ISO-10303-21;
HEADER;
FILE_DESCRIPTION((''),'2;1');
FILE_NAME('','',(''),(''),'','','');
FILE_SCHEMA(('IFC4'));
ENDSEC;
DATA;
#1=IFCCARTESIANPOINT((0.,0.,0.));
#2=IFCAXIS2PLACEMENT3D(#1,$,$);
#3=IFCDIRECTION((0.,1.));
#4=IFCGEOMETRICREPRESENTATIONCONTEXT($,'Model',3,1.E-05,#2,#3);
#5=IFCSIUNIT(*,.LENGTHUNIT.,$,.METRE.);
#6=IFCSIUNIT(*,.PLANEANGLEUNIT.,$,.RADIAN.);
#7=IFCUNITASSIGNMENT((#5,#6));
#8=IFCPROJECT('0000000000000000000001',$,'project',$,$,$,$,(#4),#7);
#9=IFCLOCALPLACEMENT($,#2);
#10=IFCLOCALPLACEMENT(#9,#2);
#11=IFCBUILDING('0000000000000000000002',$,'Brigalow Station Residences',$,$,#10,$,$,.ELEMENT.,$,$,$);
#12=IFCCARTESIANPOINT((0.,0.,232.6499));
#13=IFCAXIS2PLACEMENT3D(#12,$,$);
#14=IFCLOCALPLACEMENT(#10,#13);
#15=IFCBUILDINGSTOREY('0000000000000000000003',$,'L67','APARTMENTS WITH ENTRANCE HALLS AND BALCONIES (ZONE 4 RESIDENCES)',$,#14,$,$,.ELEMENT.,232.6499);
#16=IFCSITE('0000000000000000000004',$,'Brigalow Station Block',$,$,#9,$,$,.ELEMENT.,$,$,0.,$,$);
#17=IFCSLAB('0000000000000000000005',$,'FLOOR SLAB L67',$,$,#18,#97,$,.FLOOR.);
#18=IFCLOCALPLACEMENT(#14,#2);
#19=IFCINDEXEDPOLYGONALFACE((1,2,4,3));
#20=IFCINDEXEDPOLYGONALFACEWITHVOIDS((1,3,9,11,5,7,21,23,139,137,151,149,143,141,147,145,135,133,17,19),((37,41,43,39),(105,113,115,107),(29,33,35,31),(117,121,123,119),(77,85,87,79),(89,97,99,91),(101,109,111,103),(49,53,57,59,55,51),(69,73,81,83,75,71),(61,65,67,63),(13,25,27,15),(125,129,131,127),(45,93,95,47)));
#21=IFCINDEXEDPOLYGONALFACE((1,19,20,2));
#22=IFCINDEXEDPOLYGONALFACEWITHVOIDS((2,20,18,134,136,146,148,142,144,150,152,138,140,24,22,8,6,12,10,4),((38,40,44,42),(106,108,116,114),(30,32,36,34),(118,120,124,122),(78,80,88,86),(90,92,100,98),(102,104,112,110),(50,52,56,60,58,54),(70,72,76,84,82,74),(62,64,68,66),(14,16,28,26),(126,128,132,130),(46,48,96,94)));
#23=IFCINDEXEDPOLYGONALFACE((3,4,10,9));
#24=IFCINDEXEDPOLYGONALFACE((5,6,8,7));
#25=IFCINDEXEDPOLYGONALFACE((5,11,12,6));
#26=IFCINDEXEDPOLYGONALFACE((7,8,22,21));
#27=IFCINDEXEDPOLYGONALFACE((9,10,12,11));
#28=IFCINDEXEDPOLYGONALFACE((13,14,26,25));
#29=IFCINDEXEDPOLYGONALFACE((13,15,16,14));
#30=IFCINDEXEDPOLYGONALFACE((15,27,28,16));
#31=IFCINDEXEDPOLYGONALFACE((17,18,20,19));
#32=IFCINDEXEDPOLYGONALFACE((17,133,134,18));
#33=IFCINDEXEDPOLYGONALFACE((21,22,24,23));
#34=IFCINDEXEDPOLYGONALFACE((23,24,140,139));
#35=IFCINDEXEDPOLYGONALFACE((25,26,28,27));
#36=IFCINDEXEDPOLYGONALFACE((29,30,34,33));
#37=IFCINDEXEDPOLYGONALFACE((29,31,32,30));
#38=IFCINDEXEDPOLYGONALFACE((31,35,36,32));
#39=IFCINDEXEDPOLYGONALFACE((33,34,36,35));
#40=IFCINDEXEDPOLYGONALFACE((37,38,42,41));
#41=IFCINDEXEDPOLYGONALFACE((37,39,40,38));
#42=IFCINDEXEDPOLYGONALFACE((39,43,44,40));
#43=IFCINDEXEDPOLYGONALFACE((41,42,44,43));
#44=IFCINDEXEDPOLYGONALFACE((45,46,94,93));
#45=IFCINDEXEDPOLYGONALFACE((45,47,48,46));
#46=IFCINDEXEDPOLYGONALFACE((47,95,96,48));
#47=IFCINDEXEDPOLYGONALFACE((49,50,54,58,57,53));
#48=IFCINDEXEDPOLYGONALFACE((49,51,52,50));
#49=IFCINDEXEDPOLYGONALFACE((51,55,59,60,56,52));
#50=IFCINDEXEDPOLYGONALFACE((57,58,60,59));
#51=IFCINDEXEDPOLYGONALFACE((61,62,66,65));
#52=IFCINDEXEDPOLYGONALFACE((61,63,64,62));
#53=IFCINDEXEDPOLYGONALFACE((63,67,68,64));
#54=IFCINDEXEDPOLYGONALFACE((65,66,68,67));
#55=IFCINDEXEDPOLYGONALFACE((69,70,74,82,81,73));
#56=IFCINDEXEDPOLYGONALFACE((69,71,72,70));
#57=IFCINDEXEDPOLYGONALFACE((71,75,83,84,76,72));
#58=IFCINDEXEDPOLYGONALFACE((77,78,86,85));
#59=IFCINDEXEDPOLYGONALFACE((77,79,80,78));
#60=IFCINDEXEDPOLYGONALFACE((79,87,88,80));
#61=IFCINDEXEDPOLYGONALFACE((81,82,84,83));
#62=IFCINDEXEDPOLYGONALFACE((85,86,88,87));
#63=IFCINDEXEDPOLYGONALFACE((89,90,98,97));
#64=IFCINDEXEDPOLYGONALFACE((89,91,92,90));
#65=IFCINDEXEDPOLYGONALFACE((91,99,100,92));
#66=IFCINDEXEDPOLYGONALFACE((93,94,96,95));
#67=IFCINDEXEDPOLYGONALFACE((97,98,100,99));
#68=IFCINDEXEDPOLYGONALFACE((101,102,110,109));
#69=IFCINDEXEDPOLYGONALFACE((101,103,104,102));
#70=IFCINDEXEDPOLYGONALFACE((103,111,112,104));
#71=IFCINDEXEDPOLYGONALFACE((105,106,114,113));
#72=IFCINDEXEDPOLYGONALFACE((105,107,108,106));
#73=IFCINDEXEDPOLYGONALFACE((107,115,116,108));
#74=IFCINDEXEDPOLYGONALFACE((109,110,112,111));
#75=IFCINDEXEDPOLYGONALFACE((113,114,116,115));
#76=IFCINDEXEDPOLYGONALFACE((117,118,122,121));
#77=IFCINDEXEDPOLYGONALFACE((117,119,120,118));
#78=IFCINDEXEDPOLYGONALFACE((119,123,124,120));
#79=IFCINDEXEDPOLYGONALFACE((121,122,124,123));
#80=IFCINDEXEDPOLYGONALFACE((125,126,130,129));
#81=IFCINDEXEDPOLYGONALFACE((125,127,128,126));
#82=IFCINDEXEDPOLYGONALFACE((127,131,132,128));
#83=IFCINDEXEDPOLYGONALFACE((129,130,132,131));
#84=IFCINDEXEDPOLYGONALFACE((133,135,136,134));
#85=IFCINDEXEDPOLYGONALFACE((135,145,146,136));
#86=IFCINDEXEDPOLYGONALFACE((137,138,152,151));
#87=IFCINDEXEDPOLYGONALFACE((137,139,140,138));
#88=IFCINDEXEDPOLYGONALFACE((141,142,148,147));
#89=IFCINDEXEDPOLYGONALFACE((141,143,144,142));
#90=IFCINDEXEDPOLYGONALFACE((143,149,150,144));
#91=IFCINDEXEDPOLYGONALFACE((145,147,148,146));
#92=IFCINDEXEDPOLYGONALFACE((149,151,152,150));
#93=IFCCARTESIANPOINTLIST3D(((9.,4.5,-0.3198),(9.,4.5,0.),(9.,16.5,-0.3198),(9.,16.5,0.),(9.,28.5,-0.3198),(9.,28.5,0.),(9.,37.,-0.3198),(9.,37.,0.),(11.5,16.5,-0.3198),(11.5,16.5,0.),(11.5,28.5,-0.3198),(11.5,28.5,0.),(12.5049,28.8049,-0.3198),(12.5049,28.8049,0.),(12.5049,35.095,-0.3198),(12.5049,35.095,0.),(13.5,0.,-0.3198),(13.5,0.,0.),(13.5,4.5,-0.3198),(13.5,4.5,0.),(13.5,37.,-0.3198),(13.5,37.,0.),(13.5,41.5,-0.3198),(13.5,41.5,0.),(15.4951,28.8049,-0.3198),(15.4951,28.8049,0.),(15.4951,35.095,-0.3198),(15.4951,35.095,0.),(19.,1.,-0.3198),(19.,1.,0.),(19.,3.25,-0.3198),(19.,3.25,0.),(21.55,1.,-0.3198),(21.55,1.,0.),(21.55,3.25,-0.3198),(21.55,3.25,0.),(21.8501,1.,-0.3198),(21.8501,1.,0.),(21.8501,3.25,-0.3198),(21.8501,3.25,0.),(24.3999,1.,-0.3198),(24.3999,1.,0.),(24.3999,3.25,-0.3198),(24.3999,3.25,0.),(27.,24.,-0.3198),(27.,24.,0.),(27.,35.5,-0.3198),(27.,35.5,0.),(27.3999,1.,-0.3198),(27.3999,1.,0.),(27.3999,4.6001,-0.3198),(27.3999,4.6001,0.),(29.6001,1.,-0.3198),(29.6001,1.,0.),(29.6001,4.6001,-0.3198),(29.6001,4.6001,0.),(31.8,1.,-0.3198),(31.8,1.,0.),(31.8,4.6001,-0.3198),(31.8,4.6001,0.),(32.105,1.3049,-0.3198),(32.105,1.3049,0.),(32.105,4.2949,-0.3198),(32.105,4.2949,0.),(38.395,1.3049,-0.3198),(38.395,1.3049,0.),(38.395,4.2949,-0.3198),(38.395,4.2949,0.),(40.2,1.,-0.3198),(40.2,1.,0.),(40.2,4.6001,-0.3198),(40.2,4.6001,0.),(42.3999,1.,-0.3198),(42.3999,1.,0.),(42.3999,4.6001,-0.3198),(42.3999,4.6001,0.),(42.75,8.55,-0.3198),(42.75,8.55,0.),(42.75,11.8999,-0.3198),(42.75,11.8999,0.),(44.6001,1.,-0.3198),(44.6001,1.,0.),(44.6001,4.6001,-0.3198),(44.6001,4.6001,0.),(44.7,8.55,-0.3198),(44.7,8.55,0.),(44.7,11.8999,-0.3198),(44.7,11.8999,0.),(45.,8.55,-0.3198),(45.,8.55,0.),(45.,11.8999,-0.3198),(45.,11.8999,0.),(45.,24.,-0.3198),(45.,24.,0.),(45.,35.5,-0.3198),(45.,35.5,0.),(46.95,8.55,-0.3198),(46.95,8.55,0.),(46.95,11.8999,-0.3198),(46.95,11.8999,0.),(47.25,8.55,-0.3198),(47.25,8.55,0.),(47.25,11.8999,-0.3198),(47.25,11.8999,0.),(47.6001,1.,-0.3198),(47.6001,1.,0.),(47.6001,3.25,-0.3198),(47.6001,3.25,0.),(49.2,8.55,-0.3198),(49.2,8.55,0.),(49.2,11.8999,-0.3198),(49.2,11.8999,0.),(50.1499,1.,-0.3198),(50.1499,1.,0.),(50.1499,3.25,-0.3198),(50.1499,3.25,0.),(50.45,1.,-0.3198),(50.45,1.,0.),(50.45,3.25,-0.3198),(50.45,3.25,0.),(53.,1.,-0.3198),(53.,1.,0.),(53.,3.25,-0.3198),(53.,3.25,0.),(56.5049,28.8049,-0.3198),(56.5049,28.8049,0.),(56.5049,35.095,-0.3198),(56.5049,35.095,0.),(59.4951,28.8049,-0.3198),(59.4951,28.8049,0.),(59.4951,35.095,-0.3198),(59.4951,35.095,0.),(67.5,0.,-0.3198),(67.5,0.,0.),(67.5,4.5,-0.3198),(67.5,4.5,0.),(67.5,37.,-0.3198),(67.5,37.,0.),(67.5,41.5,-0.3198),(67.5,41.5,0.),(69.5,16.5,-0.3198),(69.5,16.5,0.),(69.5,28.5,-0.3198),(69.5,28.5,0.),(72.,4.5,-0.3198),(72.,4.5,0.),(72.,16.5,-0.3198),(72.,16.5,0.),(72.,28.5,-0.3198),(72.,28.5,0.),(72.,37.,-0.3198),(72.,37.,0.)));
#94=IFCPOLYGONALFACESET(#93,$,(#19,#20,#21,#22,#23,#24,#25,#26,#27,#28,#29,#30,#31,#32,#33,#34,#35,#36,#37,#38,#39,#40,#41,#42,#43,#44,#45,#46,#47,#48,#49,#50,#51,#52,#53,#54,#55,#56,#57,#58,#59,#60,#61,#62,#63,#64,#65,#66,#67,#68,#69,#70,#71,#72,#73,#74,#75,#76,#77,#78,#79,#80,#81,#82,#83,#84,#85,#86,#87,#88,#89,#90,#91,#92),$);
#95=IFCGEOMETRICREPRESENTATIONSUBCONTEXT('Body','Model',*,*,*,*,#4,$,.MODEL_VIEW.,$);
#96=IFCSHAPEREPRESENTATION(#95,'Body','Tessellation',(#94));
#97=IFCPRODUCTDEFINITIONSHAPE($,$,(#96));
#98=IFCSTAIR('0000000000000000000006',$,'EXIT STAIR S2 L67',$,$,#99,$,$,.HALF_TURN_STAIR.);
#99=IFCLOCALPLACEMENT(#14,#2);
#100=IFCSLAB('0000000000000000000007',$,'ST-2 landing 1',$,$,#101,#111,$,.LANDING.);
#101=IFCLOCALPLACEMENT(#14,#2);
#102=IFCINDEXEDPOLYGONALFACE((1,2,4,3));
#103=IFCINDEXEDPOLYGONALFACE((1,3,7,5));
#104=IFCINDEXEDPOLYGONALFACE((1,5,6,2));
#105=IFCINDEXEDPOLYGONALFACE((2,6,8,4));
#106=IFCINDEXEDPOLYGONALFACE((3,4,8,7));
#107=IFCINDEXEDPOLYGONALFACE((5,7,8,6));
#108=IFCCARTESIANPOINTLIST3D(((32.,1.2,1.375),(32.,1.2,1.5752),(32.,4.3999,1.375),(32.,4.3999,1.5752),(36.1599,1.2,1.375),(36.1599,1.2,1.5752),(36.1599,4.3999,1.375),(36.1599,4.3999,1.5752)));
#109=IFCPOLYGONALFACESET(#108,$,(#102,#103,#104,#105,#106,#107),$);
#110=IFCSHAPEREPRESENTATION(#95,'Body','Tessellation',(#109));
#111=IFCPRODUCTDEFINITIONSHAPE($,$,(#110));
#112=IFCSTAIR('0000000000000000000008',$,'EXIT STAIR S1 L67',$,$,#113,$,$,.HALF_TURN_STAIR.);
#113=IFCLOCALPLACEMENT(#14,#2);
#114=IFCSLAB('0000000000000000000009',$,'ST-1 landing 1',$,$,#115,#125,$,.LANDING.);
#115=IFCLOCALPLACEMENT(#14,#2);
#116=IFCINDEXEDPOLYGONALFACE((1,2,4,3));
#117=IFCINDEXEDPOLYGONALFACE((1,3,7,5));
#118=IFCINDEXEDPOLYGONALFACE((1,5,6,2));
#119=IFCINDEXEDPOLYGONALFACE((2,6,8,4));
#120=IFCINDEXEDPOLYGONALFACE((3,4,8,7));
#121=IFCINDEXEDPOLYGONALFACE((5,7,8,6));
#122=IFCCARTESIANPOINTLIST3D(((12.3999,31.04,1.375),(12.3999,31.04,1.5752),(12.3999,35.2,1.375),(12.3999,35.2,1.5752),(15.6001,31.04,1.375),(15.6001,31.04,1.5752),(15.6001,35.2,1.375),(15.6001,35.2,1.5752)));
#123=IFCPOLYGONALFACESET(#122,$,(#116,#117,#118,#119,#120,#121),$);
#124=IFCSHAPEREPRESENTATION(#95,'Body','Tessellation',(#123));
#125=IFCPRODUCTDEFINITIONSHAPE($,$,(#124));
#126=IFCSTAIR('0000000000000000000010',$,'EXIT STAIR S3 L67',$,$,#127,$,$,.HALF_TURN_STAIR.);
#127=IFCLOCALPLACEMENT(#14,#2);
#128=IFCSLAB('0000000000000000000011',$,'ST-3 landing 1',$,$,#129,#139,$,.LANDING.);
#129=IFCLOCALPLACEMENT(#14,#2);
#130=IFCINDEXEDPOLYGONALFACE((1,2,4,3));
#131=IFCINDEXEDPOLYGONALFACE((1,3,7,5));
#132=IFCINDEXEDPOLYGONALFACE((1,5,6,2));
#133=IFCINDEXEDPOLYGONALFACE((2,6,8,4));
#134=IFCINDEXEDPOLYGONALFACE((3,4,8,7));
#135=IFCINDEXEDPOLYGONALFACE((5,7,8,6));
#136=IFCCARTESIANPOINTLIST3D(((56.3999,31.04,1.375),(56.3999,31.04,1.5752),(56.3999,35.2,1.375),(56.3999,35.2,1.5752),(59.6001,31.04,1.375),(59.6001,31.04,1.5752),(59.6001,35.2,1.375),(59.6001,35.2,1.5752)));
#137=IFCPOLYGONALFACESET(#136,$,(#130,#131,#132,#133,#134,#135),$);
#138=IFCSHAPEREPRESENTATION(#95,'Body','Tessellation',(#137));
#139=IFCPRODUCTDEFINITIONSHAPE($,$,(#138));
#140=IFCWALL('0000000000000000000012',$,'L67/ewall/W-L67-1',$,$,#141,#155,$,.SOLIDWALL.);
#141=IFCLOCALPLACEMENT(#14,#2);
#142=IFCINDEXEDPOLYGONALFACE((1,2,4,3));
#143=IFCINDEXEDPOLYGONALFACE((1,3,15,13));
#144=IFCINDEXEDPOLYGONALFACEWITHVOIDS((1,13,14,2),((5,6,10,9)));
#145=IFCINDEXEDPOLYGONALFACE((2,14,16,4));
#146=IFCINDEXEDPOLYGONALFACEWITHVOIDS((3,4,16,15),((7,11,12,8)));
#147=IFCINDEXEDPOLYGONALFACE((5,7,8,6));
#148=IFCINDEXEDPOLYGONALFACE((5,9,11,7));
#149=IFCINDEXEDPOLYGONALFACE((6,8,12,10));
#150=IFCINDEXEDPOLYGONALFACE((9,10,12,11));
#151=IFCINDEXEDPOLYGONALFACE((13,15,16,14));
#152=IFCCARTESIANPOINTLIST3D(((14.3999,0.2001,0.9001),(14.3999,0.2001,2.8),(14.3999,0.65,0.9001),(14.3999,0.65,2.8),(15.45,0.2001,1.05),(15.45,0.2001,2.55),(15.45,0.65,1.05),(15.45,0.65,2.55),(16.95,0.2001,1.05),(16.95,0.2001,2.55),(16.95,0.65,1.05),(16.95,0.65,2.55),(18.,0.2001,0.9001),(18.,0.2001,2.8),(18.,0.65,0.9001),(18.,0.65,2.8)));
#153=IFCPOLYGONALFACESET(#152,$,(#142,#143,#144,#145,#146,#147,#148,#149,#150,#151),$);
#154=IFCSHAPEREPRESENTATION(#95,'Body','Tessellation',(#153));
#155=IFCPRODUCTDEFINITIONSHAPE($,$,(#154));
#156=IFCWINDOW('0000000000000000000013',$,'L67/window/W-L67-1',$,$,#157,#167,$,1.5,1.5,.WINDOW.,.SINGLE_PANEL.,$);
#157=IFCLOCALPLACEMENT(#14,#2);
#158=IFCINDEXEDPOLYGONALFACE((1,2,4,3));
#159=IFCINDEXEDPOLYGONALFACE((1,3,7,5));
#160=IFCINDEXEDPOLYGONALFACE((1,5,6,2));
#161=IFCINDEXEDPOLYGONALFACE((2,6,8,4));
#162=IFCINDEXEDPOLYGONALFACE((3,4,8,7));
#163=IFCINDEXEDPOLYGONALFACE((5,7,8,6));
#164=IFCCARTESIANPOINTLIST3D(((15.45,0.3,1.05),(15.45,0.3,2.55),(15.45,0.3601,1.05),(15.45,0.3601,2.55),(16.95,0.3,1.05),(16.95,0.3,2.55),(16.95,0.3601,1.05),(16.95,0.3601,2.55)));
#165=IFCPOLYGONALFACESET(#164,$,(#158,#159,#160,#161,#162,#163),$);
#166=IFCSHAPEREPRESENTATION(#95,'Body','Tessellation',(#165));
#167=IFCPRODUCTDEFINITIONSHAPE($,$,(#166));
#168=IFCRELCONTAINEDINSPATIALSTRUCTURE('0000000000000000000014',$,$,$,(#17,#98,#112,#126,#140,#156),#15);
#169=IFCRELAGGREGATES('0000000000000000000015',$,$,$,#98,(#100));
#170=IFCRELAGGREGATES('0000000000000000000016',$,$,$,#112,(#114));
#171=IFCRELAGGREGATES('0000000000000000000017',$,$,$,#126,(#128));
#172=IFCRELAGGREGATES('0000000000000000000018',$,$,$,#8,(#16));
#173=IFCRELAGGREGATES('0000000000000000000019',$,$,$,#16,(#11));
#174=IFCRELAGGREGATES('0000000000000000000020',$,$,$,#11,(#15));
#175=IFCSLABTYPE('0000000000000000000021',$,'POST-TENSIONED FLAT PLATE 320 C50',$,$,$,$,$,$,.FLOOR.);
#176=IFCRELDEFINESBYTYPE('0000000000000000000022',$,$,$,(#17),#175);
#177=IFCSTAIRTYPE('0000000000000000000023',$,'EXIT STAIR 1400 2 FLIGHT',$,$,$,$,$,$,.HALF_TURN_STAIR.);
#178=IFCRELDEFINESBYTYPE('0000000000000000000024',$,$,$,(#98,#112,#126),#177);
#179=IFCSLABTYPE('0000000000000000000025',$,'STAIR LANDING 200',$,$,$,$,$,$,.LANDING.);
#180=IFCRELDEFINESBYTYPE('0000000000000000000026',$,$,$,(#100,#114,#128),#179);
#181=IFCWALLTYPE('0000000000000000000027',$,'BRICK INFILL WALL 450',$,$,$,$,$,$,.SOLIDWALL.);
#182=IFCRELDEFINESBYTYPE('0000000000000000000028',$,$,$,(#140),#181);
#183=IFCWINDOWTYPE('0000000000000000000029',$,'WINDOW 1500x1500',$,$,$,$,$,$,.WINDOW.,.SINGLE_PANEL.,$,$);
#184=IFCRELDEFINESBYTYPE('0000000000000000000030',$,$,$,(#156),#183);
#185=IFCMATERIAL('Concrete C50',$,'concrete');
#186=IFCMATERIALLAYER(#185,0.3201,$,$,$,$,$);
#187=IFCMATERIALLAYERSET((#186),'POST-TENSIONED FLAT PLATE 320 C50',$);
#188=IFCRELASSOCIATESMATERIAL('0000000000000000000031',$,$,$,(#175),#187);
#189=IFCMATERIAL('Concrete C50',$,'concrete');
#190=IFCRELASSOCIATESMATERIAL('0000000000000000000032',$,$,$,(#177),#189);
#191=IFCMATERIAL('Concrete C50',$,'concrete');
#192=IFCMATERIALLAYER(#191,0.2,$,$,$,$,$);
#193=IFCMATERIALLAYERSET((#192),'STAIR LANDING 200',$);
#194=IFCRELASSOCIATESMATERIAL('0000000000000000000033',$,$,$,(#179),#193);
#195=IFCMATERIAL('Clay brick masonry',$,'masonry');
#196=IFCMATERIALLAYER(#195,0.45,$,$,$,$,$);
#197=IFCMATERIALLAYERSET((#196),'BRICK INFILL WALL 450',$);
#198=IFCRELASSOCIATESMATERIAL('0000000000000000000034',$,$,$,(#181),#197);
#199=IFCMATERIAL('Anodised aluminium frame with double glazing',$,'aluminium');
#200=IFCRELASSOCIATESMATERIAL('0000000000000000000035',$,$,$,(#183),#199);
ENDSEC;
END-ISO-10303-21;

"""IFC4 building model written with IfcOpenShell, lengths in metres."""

from ifc_helpers import new_model, si_unit, direction, frame, frame_2d, origin, place, context, subcontext, project, spatial, polyline, rectangle, outline, extrude, material, layer, layer_set, type_object, element, fill, aggregate, save


model = new_model("IFC4")

# Units and contexts
model_context = context("Model", 3, precision=1e-05, world=origin(), true_north=direction((0.0, 1.0)))
body_context = subcontext(model_context, "Body", "Model", "MODEL_VIEW")
ifc_project = project(units=[si_unit("LENGTHUNIT", "METRE"), si_unit("PLANEANGLEUNIT", "RADIAN")], contexts=[model_context])

# Site, building, storey
site_placement = place(None, origin())
site = spatial("IfcSite", under=ifc_project, at=site_placement, Name="Brigalow Station Block", CompositionType="ELEMENT", RefElevation=0.0)
building_placement = place(site_placement, origin())
building = spatial("IfcBuilding", under=site, at=building_placement, Name="Brigalow Station Residences", CompositionType="ELEMENT")
storey_placement = place(building_placement, frame((0.0, 0.0, 232.6499)))
storey = spatial("IfcBuildingStorey", under=building, at=storey_placement, Name="L67", Description="APARTMENTS WITH ENTRANCE HALLS AND BALCONIES (ZONE 4 RESIDENCES)", CompositionType="ELEMENT", Elevation=232.6499)

# Slab
ifc_material_1 = material(Name="Concrete C50", Category="concrete")
ifc_layer_1 = layer(ifc_material_1, 0.3201)
ifc_layer_set_1 = layer_set([ifc_layer_1], Name="POST-TENSIONED FLAT PLATE 320 C50")
slab_type_1 = type_object("IfcSlabType", Name="POST-TENSIONED FLAT PLATE 320 C50", PredefinedType="FLOOR", material=ifc_layer_set_1)
slab_1_placement = place(storey_placement, frame((0.0, 0.0, -0.3198)))
element("IfcSlab", 1, at=slab_1_placement, inside=storey, type_object=slab_type_1, Name="FLOOR SLAB L67", PredefinedType="FLOOR", context=body_context, shape_type="SweptSolid", body=[
    extrude(outline(polyline([(13.5, 0.0), (67.5, 0.0), (67.5, 4.5), (72.0, 4.5), (72.0, 16.5), (69.5, 16.5), (69.5, 28.5), (72.0, 28.5), (72.0, 37.0), (67.5, 37.0), (67.5, 41.5), (13.5, 41.5), (13.5, 37.0), (9.0, 37.0), (9.0, 28.5), (11.5, 28.5), (11.5, 16.5), (9.0, 16.5), (9.0, 4.5), (13.5, 4.5), (13.5, 0.0)]), holes=[polyline([(12.5049, 35.095), (15.4951, 35.095), (15.4951, 28.8049), (12.5049, 28.8049), (12.5049, 35.095)]), polyline([(19.0, 1.0), (19.0, 3.25), (21.55, 3.25), (21.55, 1.0), (19.0, 1.0)]), polyline([(21.8501, 3.25), (24.3999, 3.25), (24.3999, 1.0), (21.8501, 1.0), (21.8501, 3.25)]), polyline([(27.0, 35.5), (45.0, 35.5), (45.0, 24.0), (27.0, 24.0), (27.0, 35.5)]), polyline([(29.6001, 4.6001), (31.8, 4.6001), (31.8, 1.0), (29.6001, 1.0), (27.3999, 1.0), (27.3999, 4.6001), (29.6001, 4.6001)]), polyline([(32.105, 4.2949), (38.395, 4.2949), (38.395, 1.3049), (32.105, 1.3049), (32.105, 4.2949)]), polyline([(40.2, 4.6001), (42.3999, 4.6001), (44.6001, 4.6001), (44.6001, 1.0), (42.3999, 1.0), (40.2, 1.0), (40.2, 4.6001)]), polyline([(42.75, 11.8999), (44.7, 11.8999), (44.7, 8.55), (42.75, 8.55), (42.75, 11.8999)]), polyline([(45.0, 11.8999), (46.95, 11.8999), (46.95, 8.55), (45.0, 8.55), (45.0, 11.8999)]), polyline([(47.25, 11.8999), (49.2, 11.8999), (49.2, 8.55), (47.25, 8.55), (47.25, 11.8999)]), polyline([(47.6001, 3.25), (50.1499, 3.25), (50.1499, 1.0), (47.6001, 1.0), (47.6001, 3.25)]), polyline([(50.45, 3.25), (53.0, 3.25), (53.0, 1.0), (50.45, 1.0), (50.45, 3.25)]), polyline([(56.5049, 35.095), (59.4951, 35.095), (59.4951, 28.8049), (56.5049, 28.8049), (56.5049, 35.095)])]), origin(), (0.0, 0.0, 1.0), 0.3198),
])

# Stairs, slabs
ifc_material_2 = material(Name="Concrete C50", Category="concrete")
stair_type = type_object("IfcStairType", Name="EXIT STAIR 1400 2 FLIGHT", PredefinedType="HALF_TURN_STAIR", material=ifc_material_2)
stair_1_placement = place(storey_placement, origin())
stair_1 = element("IfcStair", 2, at=stair_1_placement, inside=storey, type_object=stair_type, Name="EXIT STAIR S2 L67", PredefinedType="HALF_TURN_STAIR")
ifc_material_3 = material(Name="Concrete C50", Category="concrete")
ifc_layer_2 = layer(ifc_material_3, 0.2)
ifc_layer_set_2 = layer_set([ifc_layer_2], Name="STAIR LANDING 200")
slab_type_2 = type_object("IfcSlabType", Name="STAIR LANDING 200", PredefinedType="LANDING", material=ifc_layer_set_2)
slab_2_placement = place(storey_placement, frame((0.0, 0.0, 1.375)))
slab_2 = element("IfcSlab", 3, at=slab_2_placement, type_object=slab_type_2, Name="ST-2 landing 1", PredefinedType="LANDING", context=body_context, shape_type="SweptSolid", body=[
    extrude(outline(polyline([(32.0, 1.2), (36.1599, 1.2), (36.1599, 4.3999), (32.0, 4.3999), (32.0, 1.2)])), origin(), (0.0, 0.0, 1.0), 0.2002),
])
aggregate(stair_1, [slab_2])
stair_2_placement = place(storey_placement, origin())
stair_2 = element("IfcStair", 4, at=stair_2_placement, inside=storey, type_object=stair_type, Name="EXIT STAIR S1 L67", PredefinedType="HALF_TURN_STAIR")
slab_3_placement = place(storey_placement, frame((0.0, 0.0, 1.375)))
slab_3 = element("IfcSlab", 5, at=slab_3_placement, type_object=slab_type_2, Name="ST-1 landing 1", PredefinedType="LANDING", context=body_context, shape_type="SweptSolid", body=[
    extrude(outline(polyline([(12.3999, 31.04), (15.6001, 31.04), (15.6001, 35.2), (12.3999, 35.2), (12.3999, 31.04)])), origin(), (0.0, 0.0, 1.0), 0.2002),
])
aggregate(stair_2, [slab_3])
stair_3_placement = place(storey_placement, origin())
stair_3 = element("IfcStair", 6, at=stair_3_placement, inside=storey, type_object=stair_type, Name="EXIT STAIR S3 L67", PredefinedType="HALF_TURN_STAIR")
slab_4_placement = place(storey_placement, frame((0.0, 0.0, 1.375)))
slab_4 = element("IfcSlab", 7, at=slab_4_placement, type_object=slab_type_2, Name="ST-3 landing 1", PredefinedType="LANDING", context=body_context, shape_type="SweptSolid", body=[
    extrude(outline(polyline([(56.3999, 31.04), (59.6001, 31.04), (59.6001, 35.2), (56.3999, 35.2), (56.3999, 31.04)])), origin(), (0.0, 0.0, 1.0), 0.2002),
])
aggregate(stair_3, [slab_4])

# Wall, opening, window
ifc_material_4 = material(Name="Clay brick masonry", Category="masonry")
ifc_layer_3 = layer(ifc_material_4, 0.45)
ifc_layer_set_3 = layer_set([ifc_layer_3], Name="BRICK INFILL WALL 450")
wall_type_1 = type_object("IfcWallType", Name="BRICK INFILL WALL 450", PredefinedType="SOLIDWALL", material=ifc_layer_set_3)
wall_1_placement = place(storey_placement, frame((14.3999, 0.425, 0.9001), z_axis=(0.0, 0.0, 1.0), x_axis=(1.0, 0.0, 0.0)))
wall_1 = element("IfcWall", 8, at=wall_1_placement, inside=storey, type_object=wall_type_1, Name="L67/ewall/W-L67-1", PredefinedType="SOLIDWALL", context=body_context, shape_type="SweptSolid", body=[
    extrude(rectangle(XDim=3.6001, YDim=0.45, at=frame_2d((1.8, 0.0))), origin(), (0.0, 0.0, 1.0), 1.8999),
])
opening_1_placement = place(wall_1_placement, frame((1.05, 0.0, 0.1499)))
opening_1 = element("IfcOpeningElement", 9, at=opening_1_placement, cuts=wall_1, PredefinedType="OPENING", context=body_context, shape_type="SweptSolid", body=[
    extrude(rectangle(XDim=1.5, YDim=1.5, at=frame_2d((0.75, 0.75))), frame((0.0, 0.2349, 0.0), z_axis=(0.0, -1.0, 0.0), x_axis=(1.0, 0.0, 0.0)), (0.0, 0.0, 1.0), 0.47),
])
ifc_material_5 = material(Name="Anodised aluminium frame with double glazing", Category="aluminium")
window_type_1 = type_object("IfcWindowType", Name="WINDOW 1500x1500", PartitioningType="SINGLE_PANEL", PredefinedType="WINDOW", material=ifc_material_5)
window_1_placement = place(opening_1_placement, origin())
window_1 = element("IfcWindow", 10, at=window_1_placement, inside=storey, type_object=window_type_1, Name="L67/window/W-L67-1", OverallHeight=1.5, OverallWidth=1.5, PartitioningType="SINGLE_PANEL", PredefinedType="WINDOW", context=body_context, shape_type="SweptSolid", body=[
    extrude(rectangle(XDim=1.5, YDim=1.5, at=frame_2d((0.75, 0.75))), frame((0.0, -0.0649, 0.0), z_axis=(0.0, -1.0, 0.0), x_axis=(1.0, 0.0, 0.0)), (0.0, 0.0, 1.0), 0.0601),
])
fill(opening_1, window_1)

save(model, "model.ifc")
